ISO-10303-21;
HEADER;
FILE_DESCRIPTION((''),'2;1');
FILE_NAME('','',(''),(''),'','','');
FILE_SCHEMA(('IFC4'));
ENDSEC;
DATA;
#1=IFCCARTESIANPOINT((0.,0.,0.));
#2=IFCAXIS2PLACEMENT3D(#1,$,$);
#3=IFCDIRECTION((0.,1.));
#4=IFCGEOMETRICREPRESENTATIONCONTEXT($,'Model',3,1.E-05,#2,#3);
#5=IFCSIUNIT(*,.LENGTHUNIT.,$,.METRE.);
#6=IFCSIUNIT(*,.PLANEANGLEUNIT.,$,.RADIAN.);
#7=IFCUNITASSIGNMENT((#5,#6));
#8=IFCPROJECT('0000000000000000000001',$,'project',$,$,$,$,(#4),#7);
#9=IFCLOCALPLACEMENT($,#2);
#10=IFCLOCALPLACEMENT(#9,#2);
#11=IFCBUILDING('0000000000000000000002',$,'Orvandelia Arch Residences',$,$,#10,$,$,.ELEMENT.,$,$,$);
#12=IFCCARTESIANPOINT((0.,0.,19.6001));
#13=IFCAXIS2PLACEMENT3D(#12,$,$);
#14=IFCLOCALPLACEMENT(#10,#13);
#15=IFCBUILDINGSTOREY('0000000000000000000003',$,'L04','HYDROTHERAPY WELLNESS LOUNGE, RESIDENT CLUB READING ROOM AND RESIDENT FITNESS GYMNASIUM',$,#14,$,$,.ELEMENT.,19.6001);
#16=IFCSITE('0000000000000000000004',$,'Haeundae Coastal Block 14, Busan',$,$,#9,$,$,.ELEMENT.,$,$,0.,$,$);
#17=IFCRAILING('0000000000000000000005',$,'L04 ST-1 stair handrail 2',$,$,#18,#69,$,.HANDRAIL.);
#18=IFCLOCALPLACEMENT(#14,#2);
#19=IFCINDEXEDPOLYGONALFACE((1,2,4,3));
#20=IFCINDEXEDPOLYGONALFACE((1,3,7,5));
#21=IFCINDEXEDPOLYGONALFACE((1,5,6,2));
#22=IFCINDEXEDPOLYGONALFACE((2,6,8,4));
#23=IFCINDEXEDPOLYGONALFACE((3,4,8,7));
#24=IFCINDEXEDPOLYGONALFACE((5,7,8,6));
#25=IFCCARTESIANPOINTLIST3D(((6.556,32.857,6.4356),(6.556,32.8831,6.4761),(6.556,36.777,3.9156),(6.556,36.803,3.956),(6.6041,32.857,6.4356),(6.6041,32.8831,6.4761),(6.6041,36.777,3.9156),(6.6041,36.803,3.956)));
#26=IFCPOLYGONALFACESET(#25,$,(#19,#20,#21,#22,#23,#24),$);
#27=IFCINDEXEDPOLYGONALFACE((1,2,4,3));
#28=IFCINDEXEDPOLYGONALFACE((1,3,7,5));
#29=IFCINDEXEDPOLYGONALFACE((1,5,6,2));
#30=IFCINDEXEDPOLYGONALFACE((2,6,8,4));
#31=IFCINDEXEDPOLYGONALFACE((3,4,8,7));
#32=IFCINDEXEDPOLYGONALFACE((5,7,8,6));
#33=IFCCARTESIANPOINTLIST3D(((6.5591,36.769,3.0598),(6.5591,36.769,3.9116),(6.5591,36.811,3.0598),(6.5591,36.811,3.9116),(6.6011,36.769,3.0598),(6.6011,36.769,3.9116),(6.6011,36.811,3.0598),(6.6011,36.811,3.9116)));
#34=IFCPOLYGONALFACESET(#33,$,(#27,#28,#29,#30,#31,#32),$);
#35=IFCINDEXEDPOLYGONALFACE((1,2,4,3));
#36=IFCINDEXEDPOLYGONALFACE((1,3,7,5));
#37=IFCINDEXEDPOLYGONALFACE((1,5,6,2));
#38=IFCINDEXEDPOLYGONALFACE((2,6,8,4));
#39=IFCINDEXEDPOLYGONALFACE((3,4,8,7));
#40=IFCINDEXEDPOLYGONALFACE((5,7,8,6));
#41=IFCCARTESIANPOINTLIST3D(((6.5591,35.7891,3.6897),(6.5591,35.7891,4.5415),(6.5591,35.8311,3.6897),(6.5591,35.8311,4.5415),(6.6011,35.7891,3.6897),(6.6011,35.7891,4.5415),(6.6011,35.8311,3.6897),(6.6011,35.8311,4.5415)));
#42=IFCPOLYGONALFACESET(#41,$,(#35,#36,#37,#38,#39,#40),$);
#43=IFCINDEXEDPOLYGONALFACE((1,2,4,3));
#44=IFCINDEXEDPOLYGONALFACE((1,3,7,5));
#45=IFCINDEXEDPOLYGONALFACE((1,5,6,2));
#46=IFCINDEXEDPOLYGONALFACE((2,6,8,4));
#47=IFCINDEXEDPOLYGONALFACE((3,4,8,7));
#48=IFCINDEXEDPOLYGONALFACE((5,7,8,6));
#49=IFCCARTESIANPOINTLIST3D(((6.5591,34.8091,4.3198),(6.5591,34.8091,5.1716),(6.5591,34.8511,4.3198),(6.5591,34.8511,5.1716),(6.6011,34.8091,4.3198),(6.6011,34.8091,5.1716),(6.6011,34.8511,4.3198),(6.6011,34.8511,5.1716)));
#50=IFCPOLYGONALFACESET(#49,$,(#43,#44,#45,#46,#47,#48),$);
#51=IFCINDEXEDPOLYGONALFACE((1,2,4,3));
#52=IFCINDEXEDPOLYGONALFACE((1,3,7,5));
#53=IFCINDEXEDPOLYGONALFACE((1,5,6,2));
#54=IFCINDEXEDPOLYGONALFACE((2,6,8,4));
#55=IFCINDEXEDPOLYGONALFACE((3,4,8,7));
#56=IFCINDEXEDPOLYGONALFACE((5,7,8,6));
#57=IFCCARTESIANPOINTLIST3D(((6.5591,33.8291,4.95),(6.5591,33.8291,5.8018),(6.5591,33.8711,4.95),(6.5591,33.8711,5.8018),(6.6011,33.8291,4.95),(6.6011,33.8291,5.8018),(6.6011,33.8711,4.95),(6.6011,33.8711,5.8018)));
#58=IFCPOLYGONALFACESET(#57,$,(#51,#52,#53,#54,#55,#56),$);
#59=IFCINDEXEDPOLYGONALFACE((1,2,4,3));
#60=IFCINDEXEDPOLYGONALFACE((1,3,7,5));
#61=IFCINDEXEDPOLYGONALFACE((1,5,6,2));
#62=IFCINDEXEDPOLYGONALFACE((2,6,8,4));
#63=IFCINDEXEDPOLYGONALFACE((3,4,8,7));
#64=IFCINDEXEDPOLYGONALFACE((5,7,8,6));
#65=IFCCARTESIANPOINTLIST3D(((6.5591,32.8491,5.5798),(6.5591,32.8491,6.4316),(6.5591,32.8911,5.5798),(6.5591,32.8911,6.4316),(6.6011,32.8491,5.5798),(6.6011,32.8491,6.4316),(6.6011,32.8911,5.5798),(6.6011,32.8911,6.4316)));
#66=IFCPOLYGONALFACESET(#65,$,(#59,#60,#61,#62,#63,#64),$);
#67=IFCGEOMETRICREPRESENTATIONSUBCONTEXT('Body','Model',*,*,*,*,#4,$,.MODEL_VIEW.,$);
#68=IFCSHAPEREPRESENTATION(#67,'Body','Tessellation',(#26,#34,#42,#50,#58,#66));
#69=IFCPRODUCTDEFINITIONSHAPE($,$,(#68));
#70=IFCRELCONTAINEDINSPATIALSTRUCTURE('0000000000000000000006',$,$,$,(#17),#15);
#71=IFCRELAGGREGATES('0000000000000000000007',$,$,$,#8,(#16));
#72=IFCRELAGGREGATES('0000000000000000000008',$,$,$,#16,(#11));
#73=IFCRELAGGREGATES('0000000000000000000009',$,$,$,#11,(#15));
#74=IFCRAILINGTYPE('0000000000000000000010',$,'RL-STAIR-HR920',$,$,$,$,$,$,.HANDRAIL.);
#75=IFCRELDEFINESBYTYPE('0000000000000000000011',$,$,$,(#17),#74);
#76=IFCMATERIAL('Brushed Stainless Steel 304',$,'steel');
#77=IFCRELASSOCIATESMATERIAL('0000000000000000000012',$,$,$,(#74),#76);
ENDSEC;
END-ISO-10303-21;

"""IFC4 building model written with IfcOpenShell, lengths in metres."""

from ifc_helpers import new_model, si_unit, direction, frame, origin, origin_2d, place, context, subcontext, project, spatial, rectangle, extrude, material, type_object, element, save


model = new_model("IFC4")

# Units and contexts
model_context = context("Model", 3, precision=1e-05, world=origin(), true_north=direction((0.0, 1.0)))
body_context = subcontext(model_context, "Body", "Model", "MODEL_VIEW")
ifc_project = project(units=[si_unit("LENGTHUNIT", "METRE"), si_unit("PLANEANGLEUNIT", "RADIAN")], contexts=[model_context])

# Site, building, storey
site_placement = place(None, origin())
site = spatial("IfcSite", under=ifc_project, at=site_placement, Name="Haeundae Coastal Block 14, Busan", CompositionType="ELEMENT", RefElevation=0.0)
building_placement = place(site_placement, origin())
building = spatial("IfcBuilding", under=site, at=building_placement, Name="Orvandelia Arch Residences", CompositionType="ELEMENT")
storey_placement = place(building_placement, frame((0.0, 0.0, 19.6001)))
storey = spatial("IfcBuildingStorey", under=building, at=storey_placement, Name="L04", Description="HYDROTHERAPY WELLNESS LOUNGE, RESIDENT CLUB READING ROOM AND RESIDENT FITNESS GYMNASIUM", CompositionType="ELEMENT", Elevation=19.6001)

# Railing
ifc_material_1 = material(Name="Brushed Stainless Steel 304", Category="steel")
railing_type_1 = type_object("IfcRailingType", Name="RL-STAIR-HR920", PredefinedType="HANDRAIL", material=ifc_material_1)
railing_1_placement = place(storey_placement, frame((6.5801, 36.79, 3.0598)))
element("IfcRailing", 1, at=railing_1_placement, inside=storey, type_object=railing_type_1, Name="L04 ST-1 stair handrail 2", PredefinedType="HANDRAIL", context=body_context, shape_type="SweptSolid", body=[
    extrude(rectangle(XDim=0.0481, YDim=0.0481, at=origin_2d()), frame((0.0, 0.0, 0.876), z_axis=(0.0, -0.841172, 0.540768), x_axis=(1.0, 0.0, 0.0)), (0.0, 0.0, 1.0), 4.6602),
    extrude(rectangle(XDim=0.042, YDim=0.042, at=origin_2d()), origin(), (0.0, 0.0, 1.0), 0.8518),
    extrude(rectangle(XDim=0.042, YDim=0.042, at=origin_2d()), frame((0.0, -0.98, 0.6299)), (0.0, 0.0, 1.0), 0.8518),
    extrude(rectangle(XDim=0.042, YDim=0.042, at=origin_2d()), frame((0.0, -1.96, 1.26)), (0.0, 0.0, 1.0), 0.8518),
    extrude(rectangle(XDim=0.042, YDim=0.042, at=origin_2d()), frame((0.0, -2.9399, 1.8901)), (0.0, 0.0, 1.0), 0.8518),
    extrude(rectangle(XDim=0.042, YDim=0.042, at=origin_2d()), frame((0.0, -3.9199, 2.52)), (0.0, 0.0, 1.0), 0.8518),
])

save(model, "model.ifc")
